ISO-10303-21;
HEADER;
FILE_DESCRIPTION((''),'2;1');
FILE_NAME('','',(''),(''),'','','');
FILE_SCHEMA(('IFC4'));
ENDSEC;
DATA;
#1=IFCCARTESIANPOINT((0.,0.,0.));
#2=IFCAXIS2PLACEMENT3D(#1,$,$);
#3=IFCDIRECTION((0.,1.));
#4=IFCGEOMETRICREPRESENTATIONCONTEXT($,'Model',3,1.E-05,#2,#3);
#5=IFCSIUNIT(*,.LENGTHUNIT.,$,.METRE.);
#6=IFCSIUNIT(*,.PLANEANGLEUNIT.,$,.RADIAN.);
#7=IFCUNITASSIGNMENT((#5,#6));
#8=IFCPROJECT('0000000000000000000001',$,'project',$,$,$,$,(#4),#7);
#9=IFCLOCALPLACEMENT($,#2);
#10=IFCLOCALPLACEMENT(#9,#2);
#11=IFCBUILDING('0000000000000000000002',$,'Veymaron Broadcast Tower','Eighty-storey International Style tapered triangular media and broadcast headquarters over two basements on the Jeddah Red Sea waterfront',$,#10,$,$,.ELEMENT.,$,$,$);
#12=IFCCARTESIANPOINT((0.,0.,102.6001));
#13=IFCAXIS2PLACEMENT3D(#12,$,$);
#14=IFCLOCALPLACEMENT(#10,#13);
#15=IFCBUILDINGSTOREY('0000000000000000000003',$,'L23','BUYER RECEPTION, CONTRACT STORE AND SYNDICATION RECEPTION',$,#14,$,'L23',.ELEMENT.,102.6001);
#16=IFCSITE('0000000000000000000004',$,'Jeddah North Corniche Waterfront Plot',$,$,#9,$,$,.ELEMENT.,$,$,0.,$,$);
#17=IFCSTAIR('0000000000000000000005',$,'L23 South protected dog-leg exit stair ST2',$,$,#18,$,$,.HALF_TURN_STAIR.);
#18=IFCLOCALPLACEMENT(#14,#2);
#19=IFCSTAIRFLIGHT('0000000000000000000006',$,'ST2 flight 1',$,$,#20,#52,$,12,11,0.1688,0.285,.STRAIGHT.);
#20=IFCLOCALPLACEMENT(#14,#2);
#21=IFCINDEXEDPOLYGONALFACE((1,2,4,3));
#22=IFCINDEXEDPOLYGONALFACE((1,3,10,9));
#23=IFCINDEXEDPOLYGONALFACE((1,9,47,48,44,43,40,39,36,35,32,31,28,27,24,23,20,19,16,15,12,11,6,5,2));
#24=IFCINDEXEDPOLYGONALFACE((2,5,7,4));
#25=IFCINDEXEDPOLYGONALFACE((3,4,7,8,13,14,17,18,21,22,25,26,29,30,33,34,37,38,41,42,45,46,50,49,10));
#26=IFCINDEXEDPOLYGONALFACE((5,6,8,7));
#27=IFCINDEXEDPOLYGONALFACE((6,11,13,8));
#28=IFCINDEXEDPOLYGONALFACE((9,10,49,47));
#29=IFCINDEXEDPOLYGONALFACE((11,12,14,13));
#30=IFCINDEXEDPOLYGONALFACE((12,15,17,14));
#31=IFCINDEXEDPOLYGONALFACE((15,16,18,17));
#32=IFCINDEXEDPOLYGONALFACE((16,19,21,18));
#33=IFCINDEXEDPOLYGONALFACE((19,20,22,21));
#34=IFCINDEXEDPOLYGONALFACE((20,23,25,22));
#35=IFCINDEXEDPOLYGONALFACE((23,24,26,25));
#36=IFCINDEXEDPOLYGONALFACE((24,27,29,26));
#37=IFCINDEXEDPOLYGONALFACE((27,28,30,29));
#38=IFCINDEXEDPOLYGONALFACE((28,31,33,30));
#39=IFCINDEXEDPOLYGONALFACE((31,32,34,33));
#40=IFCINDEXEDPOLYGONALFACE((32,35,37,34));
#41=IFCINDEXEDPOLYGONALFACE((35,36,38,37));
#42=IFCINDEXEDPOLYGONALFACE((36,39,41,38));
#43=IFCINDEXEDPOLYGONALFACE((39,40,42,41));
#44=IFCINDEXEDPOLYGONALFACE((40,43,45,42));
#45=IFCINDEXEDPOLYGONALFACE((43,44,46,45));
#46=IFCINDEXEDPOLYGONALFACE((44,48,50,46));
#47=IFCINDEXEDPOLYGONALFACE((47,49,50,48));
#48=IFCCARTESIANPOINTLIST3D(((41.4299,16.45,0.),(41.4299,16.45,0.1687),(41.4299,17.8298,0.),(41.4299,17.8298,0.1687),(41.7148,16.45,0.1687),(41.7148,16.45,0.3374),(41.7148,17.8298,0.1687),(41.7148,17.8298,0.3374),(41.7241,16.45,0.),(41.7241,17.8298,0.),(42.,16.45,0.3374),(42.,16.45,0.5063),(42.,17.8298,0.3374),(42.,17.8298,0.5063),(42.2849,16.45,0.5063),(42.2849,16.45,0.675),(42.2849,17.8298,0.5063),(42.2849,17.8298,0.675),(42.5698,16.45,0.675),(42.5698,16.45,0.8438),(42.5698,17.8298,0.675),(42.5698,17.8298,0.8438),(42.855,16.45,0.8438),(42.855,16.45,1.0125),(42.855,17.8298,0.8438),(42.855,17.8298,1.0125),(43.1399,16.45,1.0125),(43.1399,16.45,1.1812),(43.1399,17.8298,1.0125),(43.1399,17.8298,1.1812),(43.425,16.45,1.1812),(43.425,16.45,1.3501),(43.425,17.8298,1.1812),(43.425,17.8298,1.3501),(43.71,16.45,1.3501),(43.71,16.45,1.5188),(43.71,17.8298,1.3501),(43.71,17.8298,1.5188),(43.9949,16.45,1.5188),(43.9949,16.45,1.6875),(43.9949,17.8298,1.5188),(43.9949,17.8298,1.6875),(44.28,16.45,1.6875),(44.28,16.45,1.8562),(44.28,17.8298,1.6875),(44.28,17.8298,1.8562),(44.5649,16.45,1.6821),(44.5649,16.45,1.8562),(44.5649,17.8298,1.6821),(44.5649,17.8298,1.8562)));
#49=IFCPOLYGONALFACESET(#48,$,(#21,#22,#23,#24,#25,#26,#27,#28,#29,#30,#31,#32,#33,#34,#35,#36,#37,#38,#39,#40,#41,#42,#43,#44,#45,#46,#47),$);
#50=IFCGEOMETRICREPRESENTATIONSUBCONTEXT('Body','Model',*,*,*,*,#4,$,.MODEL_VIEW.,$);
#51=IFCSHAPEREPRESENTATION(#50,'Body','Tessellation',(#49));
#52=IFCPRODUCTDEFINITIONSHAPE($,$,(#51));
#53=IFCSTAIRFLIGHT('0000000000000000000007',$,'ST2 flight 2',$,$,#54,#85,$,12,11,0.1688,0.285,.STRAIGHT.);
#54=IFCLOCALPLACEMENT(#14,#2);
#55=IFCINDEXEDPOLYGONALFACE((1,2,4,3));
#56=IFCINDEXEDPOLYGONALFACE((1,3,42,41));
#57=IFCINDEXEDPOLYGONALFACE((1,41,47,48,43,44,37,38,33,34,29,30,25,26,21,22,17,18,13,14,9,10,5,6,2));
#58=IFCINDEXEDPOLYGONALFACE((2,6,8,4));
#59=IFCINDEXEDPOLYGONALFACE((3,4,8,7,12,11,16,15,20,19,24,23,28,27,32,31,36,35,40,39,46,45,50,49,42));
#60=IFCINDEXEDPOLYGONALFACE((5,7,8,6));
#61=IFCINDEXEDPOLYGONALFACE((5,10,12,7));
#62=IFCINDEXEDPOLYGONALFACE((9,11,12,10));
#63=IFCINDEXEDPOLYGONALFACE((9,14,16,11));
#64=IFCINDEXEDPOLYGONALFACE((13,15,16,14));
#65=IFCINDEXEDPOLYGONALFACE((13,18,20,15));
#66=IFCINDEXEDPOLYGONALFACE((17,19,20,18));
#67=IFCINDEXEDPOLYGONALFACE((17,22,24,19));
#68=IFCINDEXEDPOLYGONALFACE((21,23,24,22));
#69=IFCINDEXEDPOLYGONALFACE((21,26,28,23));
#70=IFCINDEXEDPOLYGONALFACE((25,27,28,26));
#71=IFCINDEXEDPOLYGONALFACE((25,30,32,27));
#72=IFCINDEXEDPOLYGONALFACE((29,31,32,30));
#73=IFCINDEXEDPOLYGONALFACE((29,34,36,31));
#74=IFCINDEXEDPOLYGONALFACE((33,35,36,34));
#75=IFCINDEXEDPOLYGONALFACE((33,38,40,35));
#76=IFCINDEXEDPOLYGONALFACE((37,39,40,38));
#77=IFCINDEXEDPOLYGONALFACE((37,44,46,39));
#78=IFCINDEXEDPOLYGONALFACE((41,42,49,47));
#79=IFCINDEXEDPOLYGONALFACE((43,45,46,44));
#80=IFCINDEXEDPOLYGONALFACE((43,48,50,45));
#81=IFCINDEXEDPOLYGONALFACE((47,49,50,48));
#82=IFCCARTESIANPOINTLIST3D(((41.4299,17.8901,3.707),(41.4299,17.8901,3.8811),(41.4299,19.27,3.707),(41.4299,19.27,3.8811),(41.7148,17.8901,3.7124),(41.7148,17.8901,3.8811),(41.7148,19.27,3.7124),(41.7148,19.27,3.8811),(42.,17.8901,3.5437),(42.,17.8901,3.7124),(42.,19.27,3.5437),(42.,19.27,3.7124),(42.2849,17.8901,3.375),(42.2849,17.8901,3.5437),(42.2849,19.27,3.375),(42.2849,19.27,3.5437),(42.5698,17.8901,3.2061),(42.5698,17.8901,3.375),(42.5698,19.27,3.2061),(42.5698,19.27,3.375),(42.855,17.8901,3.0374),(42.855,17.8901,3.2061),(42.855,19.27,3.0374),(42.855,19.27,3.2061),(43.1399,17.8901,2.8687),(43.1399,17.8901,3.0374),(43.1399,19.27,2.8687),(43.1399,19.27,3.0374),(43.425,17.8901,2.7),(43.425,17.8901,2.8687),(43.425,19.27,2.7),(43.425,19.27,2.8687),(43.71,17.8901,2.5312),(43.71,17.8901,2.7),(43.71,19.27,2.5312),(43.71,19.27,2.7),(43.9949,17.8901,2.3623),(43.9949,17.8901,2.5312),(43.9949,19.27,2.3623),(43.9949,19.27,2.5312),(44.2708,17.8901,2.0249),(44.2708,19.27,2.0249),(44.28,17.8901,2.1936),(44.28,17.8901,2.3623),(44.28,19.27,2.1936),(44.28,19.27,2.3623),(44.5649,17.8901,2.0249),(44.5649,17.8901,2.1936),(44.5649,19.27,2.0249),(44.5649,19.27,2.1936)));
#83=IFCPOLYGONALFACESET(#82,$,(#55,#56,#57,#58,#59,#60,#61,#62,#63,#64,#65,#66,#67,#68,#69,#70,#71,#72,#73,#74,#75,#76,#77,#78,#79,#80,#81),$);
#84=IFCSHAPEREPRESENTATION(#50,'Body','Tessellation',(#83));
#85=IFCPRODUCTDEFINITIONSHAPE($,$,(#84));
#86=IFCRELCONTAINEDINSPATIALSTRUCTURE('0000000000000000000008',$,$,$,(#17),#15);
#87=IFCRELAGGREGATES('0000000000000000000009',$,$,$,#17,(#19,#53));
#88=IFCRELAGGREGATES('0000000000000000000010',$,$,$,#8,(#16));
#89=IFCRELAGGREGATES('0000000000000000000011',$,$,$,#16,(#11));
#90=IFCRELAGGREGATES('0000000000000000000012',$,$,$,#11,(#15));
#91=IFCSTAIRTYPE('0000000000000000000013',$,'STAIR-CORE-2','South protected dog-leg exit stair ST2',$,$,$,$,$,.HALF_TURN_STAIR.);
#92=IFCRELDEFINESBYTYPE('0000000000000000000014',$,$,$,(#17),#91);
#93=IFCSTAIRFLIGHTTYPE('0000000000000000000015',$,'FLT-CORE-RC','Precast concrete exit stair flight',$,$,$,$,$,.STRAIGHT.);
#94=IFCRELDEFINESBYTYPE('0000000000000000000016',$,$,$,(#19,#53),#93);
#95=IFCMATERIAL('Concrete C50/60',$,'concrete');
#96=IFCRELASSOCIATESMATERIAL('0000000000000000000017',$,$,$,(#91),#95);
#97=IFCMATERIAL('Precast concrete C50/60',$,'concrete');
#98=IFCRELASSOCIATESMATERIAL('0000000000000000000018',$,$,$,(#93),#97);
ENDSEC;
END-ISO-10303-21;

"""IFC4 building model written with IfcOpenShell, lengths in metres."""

from ifc_helpers import new_model, si_unit, direction, frame, origin, place, context, subcontext, project, spatial, polyline, outline, extrude, material, type_object, element, aggregate, save


model = new_model("IFC4")

# Units and contexts
model_context = context("Model", 3, precision=1e-05, world=origin(), true_north=direction((0.0, 1.0)))
body_context = subcontext(model_context, "Body", "Model", "MODEL_VIEW")
ifc_project = project(units=[si_unit("LENGTHUNIT", "METRE"), si_unit("PLANEANGLEUNIT", "RADIAN")], contexts=[model_context])

# Site, building, storey
site_placement = place(None, origin())
site = spatial("IfcSite", under=ifc_project, at=site_placement, Name="Jeddah North Corniche Waterfront Plot", CompositionType="ELEMENT", RefElevation=0.0)
building_placement = place(site_placement, origin())
building = spatial("IfcBuilding", under=site, at=building_placement, Name="Veymaron Broadcast Tower", Description="Eighty-storey International Style tapered triangular media and broadcast headquarters over two basements on the Jeddah Red Sea waterfront", CompositionType="ELEMENT")
storey_placement = place(building_placement, frame((0.0, 0.0, 102.6001)))
storey = spatial("IfcBuildingStorey", under=building, at=storey_placement, Name="L23", Description="BUYER RECEPTION, CONTRACT STORE AND SYNDICATION RECEPTION", LongName="L23", CompositionType="ELEMENT", Elevation=102.6001)

# Shared definitions
ifc_material_1 = material(Name="Concrete C50/60", Category="concrete")

# Stair, stair flights
stair_type = type_object("IfcStairType", Name="STAIR-CORE-2", Description="South protected dog-leg exit stair ST2", PredefinedType="HALF_TURN_STAIR", material=ifc_material_1)
stair_placement = place(storey_placement, origin())
stair = element("IfcStair", 1, at=stair_placement, inside=storey, type_object=stair_type, Name="L23 South protected dog-leg exit stair ST2", PredefinedType="HALF_TURN_STAIR")
ifc_material_2 = material(Name="Precast concrete C50/60", Category="concrete")
stair_flight_type = type_object("IfcStairFlightType", Name="FLT-CORE-RC", Description="Precast concrete exit stair flight", PredefinedType="STRAIGHT", material=ifc_material_2)
stair_flight_1_placement = place(storey_placement, frame((41.4299, 17.1399, 0.0), z_axis=(0.0, 0.0, 1.0), x_axis=(1.0, 0.0, 0.0)))
stair_flight_1 = element("IfcStairFlight", 2, at=stair_flight_1_placement, type_object=stair_flight_type, Name="ST2 flight 1", NumberOfRisers=12, NumberOfTreads=11, PredefinedType="STRAIGHT", RiserHeight=0.1688, TreadLength=0.285, context=body_context, shape_type="SweptSolid", body=[
    extrude(outline(polyline([(0.0, 0.0), (0.0, 0.1687), (0.2849, 0.1687), (0.2849, 0.3374), (0.5701, 0.3374), (0.5701, 0.5063), (0.855, 0.5063), (0.855, 0.675), (1.1399, 0.675), (1.1399, 0.8438), (1.425, 0.8438), (1.425, 1.0125), (1.71, 1.0125), (1.71, 1.1812), (1.9951, 1.1812), (1.9951, 1.3501), (2.28, 1.3501), (2.28, 1.5188), (2.5649, 1.5188), (2.5649, 1.6875), (2.8501, 1.6875), (2.8501, 1.8562), (3.135, 1.8562), (3.135, 2.0249), (3.135, 1.6821), (0.2942, 0.0), (0.0, 0.0)])), frame((0.0, 0.6899, 0.0), z_axis=(0.0, -1.0, 0.0), x_axis=(1.0, 0.0, 0.0)), (0.0, 0.0, 1.0), 1.3799),
])
stair_flight_2_placement = place(storey_placement, frame((44.5649, 18.5801, 2.0249), z_axis=(0.0, 0.0, 1.0), x_axis=(-1.0, 0.0, 0.0)))
stair_flight_2 = element("IfcStairFlight", 3, at=stair_flight_2_placement, type_object=stair_flight_type, Name="ST2 flight 2", NumberOfRisers=12, NumberOfTreads=11, PredefinedType="STRAIGHT", RiserHeight=0.1688, TreadLength=0.285, context=body_context, shape_type="SweptSolid", body=[
    extrude(outline(polyline([(0.0, 0.0), (0.0, 0.1687), (0.2849, 0.1687), (0.2849, 0.3374), (0.5701, 0.3374), (0.5701, 0.5063), (0.855, 0.5063), (0.855, 0.675), (1.1399, 0.675), (1.1399, 0.8438), (1.425, 0.8438), (1.425, 1.0125), (1.71, 1.0125), (1.71, 1.1812), (1.9951, 1.1812), (1.9951, 1.3501), (2.28, 1.3501), (2.28, 1.5188), (2.5649, 1.5188), (2.5649, 1.6875), (2.8501, 1.6875), (2.8501, 1.8562), (3.135, 1.8562), (3.135, 2.0249), (3.135, 1.6821), (0.2942, 0.0), (0.0, 0.0)])), frame((0.0, 0.6899, 0.0), z_axis=(0.0, -1.0, 0.0), x_axis=(1.0, 0.0, 0.0)), (0.0, 0.0, 1.0), 1.3799),
])
aggregate(stair, [stair_flight_1, stair_flight_2])

save(model, "model.ifc")
